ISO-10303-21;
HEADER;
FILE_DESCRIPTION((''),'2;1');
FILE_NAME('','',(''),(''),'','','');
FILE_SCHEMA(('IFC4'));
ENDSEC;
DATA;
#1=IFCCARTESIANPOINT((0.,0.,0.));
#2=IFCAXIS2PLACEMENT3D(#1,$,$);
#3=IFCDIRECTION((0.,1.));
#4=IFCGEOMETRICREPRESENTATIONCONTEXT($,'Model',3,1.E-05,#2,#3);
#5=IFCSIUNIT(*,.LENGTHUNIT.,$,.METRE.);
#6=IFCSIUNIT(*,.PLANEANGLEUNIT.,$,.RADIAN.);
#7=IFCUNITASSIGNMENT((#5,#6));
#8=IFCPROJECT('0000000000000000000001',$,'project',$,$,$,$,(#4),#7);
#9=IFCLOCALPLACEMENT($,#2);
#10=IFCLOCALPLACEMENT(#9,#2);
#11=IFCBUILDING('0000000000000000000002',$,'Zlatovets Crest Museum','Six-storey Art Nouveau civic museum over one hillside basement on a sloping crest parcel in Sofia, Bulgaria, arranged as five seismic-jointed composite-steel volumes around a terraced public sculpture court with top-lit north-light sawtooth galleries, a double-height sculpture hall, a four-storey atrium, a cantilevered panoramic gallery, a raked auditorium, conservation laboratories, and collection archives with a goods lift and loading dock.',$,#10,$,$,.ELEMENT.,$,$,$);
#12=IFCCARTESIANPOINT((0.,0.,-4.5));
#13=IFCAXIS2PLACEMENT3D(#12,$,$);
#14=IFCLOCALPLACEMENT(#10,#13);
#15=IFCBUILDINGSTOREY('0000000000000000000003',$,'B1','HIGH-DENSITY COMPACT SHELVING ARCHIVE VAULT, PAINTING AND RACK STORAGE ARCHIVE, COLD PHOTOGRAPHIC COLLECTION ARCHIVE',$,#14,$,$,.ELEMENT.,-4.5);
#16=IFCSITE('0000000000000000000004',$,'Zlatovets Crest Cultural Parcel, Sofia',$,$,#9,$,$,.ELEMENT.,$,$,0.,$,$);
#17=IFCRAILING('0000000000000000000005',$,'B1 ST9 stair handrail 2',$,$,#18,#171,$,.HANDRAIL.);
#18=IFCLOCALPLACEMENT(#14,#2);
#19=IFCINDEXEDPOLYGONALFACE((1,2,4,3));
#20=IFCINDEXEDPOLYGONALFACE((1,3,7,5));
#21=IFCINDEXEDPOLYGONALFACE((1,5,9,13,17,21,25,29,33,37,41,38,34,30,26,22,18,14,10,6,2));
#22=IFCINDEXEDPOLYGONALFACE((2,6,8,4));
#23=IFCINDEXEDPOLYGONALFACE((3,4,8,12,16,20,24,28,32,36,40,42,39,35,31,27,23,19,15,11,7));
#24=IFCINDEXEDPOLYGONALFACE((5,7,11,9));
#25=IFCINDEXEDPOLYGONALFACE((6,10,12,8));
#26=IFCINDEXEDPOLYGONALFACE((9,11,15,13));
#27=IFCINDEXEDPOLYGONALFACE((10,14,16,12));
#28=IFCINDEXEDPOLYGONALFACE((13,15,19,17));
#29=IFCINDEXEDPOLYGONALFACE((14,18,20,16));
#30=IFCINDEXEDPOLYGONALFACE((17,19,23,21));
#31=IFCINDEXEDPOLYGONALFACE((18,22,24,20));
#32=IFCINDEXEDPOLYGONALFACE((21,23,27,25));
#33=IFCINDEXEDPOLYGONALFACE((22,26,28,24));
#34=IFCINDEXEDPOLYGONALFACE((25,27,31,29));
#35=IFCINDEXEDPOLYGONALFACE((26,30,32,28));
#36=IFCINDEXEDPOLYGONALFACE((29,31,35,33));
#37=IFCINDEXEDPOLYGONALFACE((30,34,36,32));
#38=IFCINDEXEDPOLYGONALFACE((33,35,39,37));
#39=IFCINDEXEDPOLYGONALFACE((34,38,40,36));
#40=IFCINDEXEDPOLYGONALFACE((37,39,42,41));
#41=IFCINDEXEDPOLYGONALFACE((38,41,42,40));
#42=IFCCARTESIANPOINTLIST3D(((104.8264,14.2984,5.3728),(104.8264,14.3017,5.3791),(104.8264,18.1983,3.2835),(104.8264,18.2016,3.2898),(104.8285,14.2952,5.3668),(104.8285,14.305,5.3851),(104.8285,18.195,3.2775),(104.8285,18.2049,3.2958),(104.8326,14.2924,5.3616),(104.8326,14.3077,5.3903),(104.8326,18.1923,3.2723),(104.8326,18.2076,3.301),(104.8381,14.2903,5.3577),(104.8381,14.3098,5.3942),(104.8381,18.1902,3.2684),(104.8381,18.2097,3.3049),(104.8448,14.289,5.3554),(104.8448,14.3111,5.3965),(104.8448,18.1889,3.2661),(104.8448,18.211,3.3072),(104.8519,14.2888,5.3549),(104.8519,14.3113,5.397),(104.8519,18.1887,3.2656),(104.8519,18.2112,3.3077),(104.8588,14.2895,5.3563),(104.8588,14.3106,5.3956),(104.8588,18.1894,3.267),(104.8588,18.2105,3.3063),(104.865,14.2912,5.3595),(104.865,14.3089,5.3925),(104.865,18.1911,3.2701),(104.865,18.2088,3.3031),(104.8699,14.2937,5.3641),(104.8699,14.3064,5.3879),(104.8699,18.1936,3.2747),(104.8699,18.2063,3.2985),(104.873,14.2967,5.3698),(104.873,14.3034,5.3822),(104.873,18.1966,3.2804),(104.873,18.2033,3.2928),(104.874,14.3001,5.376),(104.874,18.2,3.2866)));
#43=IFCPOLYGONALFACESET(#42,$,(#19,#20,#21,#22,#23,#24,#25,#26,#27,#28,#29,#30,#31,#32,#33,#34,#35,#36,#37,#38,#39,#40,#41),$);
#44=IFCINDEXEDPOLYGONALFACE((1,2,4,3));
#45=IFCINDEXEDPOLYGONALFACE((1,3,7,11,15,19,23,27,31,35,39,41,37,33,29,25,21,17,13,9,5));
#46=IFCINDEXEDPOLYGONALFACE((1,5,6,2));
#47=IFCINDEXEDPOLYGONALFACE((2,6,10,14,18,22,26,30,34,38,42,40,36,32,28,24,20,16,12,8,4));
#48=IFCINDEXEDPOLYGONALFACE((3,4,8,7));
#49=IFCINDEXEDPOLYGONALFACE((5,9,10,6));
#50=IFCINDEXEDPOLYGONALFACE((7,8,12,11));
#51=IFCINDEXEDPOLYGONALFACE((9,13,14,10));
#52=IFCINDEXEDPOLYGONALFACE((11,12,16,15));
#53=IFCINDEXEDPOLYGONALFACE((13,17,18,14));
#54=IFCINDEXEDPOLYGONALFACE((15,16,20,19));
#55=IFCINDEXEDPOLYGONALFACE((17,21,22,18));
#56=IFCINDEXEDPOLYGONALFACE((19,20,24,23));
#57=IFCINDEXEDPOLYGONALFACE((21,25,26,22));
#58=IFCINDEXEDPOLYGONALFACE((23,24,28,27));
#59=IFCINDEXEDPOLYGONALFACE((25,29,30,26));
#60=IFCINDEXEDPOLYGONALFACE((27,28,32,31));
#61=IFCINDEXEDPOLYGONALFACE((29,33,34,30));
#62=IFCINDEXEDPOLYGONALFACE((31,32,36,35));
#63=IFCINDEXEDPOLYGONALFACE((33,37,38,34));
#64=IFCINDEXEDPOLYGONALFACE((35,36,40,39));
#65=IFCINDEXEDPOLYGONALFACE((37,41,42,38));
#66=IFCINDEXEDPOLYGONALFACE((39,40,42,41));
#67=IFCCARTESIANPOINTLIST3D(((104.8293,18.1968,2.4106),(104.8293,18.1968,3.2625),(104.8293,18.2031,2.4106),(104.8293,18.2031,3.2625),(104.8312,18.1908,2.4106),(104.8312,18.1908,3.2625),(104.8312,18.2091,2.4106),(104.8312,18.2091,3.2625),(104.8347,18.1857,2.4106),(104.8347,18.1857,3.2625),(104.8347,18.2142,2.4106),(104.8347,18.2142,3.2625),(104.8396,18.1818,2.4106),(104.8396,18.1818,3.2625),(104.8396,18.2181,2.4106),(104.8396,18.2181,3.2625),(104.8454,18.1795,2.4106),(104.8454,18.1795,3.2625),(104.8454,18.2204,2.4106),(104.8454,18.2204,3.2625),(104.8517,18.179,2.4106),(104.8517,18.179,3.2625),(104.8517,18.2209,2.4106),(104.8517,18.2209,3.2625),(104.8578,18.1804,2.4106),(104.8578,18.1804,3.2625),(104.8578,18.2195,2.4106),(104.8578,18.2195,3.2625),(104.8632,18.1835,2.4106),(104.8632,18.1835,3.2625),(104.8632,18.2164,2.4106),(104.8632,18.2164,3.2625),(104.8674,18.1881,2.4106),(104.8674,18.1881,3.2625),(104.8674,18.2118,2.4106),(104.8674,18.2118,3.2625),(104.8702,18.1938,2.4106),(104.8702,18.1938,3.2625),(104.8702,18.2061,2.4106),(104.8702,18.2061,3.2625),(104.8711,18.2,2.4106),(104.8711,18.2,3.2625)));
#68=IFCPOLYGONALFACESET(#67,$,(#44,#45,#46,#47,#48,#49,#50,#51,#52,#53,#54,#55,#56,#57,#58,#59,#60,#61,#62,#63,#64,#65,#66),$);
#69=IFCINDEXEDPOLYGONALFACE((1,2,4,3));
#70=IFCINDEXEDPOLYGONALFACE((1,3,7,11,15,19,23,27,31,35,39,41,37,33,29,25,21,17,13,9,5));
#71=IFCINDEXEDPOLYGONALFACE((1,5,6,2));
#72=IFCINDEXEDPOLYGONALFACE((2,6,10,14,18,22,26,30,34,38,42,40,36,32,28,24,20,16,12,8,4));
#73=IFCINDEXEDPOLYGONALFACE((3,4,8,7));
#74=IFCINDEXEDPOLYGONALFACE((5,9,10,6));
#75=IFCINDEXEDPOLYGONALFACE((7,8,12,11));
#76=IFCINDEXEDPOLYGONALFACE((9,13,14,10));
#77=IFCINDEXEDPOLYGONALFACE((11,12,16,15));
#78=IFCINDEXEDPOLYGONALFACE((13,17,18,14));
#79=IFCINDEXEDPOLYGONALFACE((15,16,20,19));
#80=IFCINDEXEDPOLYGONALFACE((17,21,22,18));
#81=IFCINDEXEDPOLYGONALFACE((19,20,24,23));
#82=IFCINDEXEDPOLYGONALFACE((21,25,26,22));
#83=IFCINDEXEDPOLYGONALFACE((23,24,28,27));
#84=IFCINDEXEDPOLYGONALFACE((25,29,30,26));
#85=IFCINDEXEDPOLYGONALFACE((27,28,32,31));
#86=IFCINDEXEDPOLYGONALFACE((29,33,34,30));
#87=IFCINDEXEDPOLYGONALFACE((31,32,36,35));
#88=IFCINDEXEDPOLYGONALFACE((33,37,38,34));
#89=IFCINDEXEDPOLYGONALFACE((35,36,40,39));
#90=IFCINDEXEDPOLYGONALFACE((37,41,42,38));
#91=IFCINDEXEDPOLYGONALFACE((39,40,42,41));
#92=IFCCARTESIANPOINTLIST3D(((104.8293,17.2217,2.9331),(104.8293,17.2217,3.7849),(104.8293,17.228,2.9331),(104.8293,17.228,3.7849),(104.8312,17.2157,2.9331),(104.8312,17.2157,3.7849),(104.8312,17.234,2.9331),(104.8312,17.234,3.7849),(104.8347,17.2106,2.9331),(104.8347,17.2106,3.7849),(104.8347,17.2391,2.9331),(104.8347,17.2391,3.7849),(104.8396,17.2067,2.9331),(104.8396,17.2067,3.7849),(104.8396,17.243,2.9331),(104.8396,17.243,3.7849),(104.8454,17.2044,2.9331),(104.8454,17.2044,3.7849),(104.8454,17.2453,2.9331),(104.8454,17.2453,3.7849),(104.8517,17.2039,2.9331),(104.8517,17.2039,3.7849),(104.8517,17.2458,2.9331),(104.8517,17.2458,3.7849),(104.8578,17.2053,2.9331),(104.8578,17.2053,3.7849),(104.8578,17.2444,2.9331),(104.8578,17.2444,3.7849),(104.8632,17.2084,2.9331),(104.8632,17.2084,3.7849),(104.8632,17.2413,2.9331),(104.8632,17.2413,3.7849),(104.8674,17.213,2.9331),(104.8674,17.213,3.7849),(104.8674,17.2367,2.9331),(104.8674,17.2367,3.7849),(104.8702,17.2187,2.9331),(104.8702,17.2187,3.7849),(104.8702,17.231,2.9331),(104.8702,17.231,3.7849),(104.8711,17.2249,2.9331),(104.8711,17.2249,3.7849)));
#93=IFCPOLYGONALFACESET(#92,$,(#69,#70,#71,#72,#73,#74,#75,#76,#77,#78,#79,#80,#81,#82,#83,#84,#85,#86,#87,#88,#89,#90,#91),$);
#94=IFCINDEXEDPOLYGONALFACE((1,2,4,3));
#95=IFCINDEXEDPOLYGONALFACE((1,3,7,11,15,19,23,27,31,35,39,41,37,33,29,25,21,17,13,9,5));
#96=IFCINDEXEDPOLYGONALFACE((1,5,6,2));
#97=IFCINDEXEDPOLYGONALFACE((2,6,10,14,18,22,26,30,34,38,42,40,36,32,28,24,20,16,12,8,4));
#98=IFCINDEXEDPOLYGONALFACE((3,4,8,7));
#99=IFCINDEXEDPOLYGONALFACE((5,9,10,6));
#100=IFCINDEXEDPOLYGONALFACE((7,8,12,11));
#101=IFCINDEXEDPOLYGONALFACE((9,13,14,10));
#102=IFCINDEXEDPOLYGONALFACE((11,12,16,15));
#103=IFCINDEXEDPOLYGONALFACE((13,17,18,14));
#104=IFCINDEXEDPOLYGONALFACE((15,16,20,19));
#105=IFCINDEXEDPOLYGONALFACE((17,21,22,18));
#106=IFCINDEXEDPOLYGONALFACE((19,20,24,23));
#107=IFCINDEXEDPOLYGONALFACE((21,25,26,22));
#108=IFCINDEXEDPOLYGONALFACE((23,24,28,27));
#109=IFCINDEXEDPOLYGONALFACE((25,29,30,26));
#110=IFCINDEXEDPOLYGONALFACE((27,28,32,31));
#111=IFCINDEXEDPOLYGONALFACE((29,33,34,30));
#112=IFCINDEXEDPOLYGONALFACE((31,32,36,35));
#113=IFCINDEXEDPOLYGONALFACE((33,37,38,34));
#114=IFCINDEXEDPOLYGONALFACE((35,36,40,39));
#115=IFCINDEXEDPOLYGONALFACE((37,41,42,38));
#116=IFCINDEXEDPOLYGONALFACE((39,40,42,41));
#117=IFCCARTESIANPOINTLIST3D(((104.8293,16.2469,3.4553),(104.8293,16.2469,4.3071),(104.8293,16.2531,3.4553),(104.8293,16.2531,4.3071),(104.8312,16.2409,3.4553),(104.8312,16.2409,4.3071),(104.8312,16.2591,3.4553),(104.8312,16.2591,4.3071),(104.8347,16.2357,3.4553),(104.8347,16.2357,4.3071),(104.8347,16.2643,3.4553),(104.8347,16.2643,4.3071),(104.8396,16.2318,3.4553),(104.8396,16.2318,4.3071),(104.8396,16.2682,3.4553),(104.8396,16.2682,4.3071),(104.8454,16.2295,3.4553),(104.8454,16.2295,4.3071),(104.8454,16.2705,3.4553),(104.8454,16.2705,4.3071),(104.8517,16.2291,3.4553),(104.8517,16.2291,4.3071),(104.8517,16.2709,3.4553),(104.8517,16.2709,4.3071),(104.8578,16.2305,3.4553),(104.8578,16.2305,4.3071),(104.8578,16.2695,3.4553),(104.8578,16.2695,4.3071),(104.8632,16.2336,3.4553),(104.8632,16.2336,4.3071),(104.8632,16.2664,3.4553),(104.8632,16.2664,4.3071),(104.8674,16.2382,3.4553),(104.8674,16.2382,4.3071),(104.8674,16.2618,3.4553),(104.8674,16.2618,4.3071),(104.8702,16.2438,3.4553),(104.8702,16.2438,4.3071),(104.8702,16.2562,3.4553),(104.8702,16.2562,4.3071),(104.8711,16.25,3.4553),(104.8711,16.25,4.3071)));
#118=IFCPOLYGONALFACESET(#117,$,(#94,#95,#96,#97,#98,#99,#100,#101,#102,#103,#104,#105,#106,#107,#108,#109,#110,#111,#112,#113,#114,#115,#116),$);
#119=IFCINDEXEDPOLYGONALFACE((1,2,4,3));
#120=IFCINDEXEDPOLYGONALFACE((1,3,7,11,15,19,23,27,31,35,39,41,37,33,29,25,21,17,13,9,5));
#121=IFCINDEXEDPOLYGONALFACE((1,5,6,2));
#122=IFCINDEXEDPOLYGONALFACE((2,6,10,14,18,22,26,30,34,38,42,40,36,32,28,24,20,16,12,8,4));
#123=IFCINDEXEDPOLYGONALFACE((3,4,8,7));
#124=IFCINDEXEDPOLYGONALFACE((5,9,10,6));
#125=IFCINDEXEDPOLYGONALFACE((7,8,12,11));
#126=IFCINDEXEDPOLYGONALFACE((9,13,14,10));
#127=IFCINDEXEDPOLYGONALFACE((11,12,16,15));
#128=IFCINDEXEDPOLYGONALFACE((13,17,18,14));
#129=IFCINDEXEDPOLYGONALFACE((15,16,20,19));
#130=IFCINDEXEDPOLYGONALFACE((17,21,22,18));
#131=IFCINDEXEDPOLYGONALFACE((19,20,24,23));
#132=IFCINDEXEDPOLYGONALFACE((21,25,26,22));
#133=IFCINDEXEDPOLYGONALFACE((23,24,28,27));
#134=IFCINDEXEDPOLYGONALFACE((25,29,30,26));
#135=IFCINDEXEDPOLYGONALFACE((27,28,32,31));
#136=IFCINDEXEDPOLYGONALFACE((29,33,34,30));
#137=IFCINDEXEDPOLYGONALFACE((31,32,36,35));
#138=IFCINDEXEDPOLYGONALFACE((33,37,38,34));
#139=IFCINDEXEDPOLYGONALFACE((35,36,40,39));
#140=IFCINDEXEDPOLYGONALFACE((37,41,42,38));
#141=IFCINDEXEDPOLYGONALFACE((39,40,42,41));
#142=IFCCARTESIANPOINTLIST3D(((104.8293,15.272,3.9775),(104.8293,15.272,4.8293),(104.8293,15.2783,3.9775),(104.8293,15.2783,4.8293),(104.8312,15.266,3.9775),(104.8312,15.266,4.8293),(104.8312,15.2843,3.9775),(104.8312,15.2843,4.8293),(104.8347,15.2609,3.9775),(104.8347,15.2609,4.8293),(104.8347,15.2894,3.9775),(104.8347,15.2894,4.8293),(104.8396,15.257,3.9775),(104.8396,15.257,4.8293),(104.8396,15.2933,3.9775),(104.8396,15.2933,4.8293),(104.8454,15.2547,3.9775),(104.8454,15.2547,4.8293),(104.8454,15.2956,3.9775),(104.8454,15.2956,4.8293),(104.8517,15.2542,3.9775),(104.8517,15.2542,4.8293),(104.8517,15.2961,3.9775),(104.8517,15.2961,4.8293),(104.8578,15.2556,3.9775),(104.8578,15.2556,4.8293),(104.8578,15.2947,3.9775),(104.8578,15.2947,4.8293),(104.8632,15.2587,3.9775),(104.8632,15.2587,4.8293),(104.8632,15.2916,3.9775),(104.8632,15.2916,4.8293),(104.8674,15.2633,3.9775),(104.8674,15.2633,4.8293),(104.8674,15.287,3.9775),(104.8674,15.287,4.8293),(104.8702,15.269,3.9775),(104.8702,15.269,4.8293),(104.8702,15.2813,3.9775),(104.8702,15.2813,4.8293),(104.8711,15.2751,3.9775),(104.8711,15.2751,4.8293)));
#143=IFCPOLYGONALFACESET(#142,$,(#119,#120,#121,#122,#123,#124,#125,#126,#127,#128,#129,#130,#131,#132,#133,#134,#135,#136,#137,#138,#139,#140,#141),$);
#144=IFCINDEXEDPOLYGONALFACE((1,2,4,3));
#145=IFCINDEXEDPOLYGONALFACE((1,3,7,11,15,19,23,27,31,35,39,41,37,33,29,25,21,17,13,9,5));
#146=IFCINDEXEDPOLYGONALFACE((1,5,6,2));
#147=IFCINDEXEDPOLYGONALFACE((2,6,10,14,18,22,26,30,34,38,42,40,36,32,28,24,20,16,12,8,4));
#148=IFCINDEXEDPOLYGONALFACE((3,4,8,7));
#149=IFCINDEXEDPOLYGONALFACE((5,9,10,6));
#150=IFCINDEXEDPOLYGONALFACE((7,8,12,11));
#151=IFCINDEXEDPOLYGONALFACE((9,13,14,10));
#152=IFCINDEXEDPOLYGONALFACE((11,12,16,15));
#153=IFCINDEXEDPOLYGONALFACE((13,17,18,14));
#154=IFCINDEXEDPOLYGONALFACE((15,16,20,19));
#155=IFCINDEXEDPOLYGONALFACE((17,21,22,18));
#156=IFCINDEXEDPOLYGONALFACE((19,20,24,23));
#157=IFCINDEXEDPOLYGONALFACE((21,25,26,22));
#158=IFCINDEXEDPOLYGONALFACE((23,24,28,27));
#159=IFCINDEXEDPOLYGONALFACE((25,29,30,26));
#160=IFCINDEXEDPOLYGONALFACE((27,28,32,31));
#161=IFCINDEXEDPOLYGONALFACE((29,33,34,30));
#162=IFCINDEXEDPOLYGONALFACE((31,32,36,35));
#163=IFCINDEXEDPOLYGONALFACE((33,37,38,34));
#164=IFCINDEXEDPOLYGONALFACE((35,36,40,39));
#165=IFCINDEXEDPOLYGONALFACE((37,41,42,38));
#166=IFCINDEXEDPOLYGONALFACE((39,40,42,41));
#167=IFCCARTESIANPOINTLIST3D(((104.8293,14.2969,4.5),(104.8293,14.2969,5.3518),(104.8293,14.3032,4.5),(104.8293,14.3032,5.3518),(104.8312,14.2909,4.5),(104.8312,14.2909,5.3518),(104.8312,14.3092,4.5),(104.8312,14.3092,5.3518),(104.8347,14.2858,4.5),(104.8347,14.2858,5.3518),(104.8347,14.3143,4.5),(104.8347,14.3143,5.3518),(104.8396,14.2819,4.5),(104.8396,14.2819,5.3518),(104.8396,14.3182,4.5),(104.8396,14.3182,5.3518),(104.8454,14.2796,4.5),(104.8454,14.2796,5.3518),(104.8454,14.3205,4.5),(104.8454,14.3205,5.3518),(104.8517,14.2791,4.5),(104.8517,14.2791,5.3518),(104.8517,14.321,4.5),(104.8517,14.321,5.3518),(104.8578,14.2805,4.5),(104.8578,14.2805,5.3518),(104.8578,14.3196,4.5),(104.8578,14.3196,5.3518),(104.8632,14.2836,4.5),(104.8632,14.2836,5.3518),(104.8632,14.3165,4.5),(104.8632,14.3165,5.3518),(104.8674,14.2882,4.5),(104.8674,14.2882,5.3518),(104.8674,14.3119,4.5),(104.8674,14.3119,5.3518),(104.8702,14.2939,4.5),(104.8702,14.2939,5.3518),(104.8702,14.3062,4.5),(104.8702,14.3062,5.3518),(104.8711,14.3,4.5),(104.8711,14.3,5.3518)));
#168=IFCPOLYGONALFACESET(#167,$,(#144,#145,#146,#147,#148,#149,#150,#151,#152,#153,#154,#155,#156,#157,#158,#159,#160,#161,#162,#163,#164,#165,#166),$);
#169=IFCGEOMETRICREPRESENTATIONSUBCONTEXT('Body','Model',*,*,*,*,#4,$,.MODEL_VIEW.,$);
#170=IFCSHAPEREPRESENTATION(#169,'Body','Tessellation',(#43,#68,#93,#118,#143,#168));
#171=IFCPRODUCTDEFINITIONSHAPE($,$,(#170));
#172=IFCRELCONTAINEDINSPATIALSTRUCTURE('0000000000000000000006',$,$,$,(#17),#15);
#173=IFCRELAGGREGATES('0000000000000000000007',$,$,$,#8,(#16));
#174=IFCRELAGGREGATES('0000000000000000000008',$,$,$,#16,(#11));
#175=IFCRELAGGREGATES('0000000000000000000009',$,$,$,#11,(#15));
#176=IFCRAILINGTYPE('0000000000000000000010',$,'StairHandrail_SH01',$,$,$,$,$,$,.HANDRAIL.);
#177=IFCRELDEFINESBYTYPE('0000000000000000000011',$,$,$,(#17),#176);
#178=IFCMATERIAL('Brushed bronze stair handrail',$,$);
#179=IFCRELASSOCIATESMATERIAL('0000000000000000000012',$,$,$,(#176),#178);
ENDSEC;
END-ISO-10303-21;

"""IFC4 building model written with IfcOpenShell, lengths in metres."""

from ifc_helpers import new_model, si_unit, direction, frame, origin, origin_2d, place, context, subcontext, project, spatial, circle, extrude, material, type_object, element, save


model = new_model("IFC4")

# Units and contexts
model_context = context("Model", 3, precision=1e-05, world=origin(), true_north=direction((0.0, 1.0)))
body_context = subcontext(model_context, "Body", "Model", "MODEL_VIEW")
ifc_project = project(units=[si_unit("LENGTHUNIT", "METRE"), si_unit("PLANEANGLEUNIT", "RADIAN")], contexts=[model_context])

# Site, building, storey
site_placement = place(None, origin())
site = spatial("IfcSite", under=ifc_project, at=site_placement, Name="Zlatovets Crest Cultural Parcel, Sofia", CompositionType="ELEMENT", RefElevation=0.0)
building_placement = place(site_placement, origin())
building = spatial("IfcBuilding", under=site, at=building_placement, Name="Zlatovets Crest Museum", Description="Six-storey Art Nouveau civic museum over one hillside basement on a sloping crest parcel in Sofia, Bulgaria, arranged as five seismic-jointed composite-steel volumes around a terraced public sculpture court with top-lit north-light sawtooth galleries, a double-height sculpture hall, a four-storey atrium, a cantilevered panoramic gallery, a raked auditorium, conservation laboratories, and collection archives with a goods lift and loading dock.", CompositionType="ELEMENT")
storey_placement = place(building_placement, frame((0.0, 0.0, -4.5)))
storey = spatial("IfcBuildingStorey", under=building, at=storey_placement, Name="B1", Description="HIGH-DENSITY COMPACT SHELVING ARCHIVE VAULT, PAINTING AND RACK STORAGE ARCHIVE, COLD PHOTOGRAPHIC COLLECTION ARCHIVE", CompositionType="ELEMENT", Elevation=-4.5)

# Railing
ifc_material_1 = material(Name="Brushed bronze stair handrail")
railing_type_1 = type_object("IfcRailingType", Name="StairHandrail_SH01", PredefinedType="HANDRAIL", material=ifc_material_1)
railing_1_placement = place(storey_placement, frame((104.8501, 18.2, 2.4106)))
element("IfcRailing", 1, at=railing_1_placement, inside=storey, type_object=railing_type_1, Name="B1 ST9 stair handrail 2", PredefinedType="HANDRAIL", context=body_context, shape_type="SweptSolid", body=[
    extrude(circle(Radius=0.0239, at=origin_2d()), frame((0.0, 0.0, 0.876), z_axis=(0.0, -0.881468, 0.472243), x_axis=(1.0, 0.0, 0.0)), (0.0, 0.0, 1.0), 4.4243),
    extrude(circle(Radius=0.021, at=origin_2d()), origin(), (0.0, 0.0, 1.0), 0.8518),
    extrude(circle(Radius=0.021, at=origin_2d()), frame((0.0, -0.9751, 0.5225)), (0.0, 0.0, 1.0), 0.8518),
    extrude(circle(Radius=0.021, at=origin_2d()), frame((0.0, -1.95, 1.0447)), (0.0, 0.0, 1.0), 0.8518),
    extrude(circle(Radius=0.021, at=origin_2d()), frame((0.0, -2.9248, 1.5669)), (0.0, 0.0, 1.0), 0.8518),
    extrude(circle(Radius=0.021, at=origin_2d()), frame((0.0, -3.8999, 2.0894)), (0.0, 0.0, 1.0), 0.8518),
])

save(model, "model.ifc")
